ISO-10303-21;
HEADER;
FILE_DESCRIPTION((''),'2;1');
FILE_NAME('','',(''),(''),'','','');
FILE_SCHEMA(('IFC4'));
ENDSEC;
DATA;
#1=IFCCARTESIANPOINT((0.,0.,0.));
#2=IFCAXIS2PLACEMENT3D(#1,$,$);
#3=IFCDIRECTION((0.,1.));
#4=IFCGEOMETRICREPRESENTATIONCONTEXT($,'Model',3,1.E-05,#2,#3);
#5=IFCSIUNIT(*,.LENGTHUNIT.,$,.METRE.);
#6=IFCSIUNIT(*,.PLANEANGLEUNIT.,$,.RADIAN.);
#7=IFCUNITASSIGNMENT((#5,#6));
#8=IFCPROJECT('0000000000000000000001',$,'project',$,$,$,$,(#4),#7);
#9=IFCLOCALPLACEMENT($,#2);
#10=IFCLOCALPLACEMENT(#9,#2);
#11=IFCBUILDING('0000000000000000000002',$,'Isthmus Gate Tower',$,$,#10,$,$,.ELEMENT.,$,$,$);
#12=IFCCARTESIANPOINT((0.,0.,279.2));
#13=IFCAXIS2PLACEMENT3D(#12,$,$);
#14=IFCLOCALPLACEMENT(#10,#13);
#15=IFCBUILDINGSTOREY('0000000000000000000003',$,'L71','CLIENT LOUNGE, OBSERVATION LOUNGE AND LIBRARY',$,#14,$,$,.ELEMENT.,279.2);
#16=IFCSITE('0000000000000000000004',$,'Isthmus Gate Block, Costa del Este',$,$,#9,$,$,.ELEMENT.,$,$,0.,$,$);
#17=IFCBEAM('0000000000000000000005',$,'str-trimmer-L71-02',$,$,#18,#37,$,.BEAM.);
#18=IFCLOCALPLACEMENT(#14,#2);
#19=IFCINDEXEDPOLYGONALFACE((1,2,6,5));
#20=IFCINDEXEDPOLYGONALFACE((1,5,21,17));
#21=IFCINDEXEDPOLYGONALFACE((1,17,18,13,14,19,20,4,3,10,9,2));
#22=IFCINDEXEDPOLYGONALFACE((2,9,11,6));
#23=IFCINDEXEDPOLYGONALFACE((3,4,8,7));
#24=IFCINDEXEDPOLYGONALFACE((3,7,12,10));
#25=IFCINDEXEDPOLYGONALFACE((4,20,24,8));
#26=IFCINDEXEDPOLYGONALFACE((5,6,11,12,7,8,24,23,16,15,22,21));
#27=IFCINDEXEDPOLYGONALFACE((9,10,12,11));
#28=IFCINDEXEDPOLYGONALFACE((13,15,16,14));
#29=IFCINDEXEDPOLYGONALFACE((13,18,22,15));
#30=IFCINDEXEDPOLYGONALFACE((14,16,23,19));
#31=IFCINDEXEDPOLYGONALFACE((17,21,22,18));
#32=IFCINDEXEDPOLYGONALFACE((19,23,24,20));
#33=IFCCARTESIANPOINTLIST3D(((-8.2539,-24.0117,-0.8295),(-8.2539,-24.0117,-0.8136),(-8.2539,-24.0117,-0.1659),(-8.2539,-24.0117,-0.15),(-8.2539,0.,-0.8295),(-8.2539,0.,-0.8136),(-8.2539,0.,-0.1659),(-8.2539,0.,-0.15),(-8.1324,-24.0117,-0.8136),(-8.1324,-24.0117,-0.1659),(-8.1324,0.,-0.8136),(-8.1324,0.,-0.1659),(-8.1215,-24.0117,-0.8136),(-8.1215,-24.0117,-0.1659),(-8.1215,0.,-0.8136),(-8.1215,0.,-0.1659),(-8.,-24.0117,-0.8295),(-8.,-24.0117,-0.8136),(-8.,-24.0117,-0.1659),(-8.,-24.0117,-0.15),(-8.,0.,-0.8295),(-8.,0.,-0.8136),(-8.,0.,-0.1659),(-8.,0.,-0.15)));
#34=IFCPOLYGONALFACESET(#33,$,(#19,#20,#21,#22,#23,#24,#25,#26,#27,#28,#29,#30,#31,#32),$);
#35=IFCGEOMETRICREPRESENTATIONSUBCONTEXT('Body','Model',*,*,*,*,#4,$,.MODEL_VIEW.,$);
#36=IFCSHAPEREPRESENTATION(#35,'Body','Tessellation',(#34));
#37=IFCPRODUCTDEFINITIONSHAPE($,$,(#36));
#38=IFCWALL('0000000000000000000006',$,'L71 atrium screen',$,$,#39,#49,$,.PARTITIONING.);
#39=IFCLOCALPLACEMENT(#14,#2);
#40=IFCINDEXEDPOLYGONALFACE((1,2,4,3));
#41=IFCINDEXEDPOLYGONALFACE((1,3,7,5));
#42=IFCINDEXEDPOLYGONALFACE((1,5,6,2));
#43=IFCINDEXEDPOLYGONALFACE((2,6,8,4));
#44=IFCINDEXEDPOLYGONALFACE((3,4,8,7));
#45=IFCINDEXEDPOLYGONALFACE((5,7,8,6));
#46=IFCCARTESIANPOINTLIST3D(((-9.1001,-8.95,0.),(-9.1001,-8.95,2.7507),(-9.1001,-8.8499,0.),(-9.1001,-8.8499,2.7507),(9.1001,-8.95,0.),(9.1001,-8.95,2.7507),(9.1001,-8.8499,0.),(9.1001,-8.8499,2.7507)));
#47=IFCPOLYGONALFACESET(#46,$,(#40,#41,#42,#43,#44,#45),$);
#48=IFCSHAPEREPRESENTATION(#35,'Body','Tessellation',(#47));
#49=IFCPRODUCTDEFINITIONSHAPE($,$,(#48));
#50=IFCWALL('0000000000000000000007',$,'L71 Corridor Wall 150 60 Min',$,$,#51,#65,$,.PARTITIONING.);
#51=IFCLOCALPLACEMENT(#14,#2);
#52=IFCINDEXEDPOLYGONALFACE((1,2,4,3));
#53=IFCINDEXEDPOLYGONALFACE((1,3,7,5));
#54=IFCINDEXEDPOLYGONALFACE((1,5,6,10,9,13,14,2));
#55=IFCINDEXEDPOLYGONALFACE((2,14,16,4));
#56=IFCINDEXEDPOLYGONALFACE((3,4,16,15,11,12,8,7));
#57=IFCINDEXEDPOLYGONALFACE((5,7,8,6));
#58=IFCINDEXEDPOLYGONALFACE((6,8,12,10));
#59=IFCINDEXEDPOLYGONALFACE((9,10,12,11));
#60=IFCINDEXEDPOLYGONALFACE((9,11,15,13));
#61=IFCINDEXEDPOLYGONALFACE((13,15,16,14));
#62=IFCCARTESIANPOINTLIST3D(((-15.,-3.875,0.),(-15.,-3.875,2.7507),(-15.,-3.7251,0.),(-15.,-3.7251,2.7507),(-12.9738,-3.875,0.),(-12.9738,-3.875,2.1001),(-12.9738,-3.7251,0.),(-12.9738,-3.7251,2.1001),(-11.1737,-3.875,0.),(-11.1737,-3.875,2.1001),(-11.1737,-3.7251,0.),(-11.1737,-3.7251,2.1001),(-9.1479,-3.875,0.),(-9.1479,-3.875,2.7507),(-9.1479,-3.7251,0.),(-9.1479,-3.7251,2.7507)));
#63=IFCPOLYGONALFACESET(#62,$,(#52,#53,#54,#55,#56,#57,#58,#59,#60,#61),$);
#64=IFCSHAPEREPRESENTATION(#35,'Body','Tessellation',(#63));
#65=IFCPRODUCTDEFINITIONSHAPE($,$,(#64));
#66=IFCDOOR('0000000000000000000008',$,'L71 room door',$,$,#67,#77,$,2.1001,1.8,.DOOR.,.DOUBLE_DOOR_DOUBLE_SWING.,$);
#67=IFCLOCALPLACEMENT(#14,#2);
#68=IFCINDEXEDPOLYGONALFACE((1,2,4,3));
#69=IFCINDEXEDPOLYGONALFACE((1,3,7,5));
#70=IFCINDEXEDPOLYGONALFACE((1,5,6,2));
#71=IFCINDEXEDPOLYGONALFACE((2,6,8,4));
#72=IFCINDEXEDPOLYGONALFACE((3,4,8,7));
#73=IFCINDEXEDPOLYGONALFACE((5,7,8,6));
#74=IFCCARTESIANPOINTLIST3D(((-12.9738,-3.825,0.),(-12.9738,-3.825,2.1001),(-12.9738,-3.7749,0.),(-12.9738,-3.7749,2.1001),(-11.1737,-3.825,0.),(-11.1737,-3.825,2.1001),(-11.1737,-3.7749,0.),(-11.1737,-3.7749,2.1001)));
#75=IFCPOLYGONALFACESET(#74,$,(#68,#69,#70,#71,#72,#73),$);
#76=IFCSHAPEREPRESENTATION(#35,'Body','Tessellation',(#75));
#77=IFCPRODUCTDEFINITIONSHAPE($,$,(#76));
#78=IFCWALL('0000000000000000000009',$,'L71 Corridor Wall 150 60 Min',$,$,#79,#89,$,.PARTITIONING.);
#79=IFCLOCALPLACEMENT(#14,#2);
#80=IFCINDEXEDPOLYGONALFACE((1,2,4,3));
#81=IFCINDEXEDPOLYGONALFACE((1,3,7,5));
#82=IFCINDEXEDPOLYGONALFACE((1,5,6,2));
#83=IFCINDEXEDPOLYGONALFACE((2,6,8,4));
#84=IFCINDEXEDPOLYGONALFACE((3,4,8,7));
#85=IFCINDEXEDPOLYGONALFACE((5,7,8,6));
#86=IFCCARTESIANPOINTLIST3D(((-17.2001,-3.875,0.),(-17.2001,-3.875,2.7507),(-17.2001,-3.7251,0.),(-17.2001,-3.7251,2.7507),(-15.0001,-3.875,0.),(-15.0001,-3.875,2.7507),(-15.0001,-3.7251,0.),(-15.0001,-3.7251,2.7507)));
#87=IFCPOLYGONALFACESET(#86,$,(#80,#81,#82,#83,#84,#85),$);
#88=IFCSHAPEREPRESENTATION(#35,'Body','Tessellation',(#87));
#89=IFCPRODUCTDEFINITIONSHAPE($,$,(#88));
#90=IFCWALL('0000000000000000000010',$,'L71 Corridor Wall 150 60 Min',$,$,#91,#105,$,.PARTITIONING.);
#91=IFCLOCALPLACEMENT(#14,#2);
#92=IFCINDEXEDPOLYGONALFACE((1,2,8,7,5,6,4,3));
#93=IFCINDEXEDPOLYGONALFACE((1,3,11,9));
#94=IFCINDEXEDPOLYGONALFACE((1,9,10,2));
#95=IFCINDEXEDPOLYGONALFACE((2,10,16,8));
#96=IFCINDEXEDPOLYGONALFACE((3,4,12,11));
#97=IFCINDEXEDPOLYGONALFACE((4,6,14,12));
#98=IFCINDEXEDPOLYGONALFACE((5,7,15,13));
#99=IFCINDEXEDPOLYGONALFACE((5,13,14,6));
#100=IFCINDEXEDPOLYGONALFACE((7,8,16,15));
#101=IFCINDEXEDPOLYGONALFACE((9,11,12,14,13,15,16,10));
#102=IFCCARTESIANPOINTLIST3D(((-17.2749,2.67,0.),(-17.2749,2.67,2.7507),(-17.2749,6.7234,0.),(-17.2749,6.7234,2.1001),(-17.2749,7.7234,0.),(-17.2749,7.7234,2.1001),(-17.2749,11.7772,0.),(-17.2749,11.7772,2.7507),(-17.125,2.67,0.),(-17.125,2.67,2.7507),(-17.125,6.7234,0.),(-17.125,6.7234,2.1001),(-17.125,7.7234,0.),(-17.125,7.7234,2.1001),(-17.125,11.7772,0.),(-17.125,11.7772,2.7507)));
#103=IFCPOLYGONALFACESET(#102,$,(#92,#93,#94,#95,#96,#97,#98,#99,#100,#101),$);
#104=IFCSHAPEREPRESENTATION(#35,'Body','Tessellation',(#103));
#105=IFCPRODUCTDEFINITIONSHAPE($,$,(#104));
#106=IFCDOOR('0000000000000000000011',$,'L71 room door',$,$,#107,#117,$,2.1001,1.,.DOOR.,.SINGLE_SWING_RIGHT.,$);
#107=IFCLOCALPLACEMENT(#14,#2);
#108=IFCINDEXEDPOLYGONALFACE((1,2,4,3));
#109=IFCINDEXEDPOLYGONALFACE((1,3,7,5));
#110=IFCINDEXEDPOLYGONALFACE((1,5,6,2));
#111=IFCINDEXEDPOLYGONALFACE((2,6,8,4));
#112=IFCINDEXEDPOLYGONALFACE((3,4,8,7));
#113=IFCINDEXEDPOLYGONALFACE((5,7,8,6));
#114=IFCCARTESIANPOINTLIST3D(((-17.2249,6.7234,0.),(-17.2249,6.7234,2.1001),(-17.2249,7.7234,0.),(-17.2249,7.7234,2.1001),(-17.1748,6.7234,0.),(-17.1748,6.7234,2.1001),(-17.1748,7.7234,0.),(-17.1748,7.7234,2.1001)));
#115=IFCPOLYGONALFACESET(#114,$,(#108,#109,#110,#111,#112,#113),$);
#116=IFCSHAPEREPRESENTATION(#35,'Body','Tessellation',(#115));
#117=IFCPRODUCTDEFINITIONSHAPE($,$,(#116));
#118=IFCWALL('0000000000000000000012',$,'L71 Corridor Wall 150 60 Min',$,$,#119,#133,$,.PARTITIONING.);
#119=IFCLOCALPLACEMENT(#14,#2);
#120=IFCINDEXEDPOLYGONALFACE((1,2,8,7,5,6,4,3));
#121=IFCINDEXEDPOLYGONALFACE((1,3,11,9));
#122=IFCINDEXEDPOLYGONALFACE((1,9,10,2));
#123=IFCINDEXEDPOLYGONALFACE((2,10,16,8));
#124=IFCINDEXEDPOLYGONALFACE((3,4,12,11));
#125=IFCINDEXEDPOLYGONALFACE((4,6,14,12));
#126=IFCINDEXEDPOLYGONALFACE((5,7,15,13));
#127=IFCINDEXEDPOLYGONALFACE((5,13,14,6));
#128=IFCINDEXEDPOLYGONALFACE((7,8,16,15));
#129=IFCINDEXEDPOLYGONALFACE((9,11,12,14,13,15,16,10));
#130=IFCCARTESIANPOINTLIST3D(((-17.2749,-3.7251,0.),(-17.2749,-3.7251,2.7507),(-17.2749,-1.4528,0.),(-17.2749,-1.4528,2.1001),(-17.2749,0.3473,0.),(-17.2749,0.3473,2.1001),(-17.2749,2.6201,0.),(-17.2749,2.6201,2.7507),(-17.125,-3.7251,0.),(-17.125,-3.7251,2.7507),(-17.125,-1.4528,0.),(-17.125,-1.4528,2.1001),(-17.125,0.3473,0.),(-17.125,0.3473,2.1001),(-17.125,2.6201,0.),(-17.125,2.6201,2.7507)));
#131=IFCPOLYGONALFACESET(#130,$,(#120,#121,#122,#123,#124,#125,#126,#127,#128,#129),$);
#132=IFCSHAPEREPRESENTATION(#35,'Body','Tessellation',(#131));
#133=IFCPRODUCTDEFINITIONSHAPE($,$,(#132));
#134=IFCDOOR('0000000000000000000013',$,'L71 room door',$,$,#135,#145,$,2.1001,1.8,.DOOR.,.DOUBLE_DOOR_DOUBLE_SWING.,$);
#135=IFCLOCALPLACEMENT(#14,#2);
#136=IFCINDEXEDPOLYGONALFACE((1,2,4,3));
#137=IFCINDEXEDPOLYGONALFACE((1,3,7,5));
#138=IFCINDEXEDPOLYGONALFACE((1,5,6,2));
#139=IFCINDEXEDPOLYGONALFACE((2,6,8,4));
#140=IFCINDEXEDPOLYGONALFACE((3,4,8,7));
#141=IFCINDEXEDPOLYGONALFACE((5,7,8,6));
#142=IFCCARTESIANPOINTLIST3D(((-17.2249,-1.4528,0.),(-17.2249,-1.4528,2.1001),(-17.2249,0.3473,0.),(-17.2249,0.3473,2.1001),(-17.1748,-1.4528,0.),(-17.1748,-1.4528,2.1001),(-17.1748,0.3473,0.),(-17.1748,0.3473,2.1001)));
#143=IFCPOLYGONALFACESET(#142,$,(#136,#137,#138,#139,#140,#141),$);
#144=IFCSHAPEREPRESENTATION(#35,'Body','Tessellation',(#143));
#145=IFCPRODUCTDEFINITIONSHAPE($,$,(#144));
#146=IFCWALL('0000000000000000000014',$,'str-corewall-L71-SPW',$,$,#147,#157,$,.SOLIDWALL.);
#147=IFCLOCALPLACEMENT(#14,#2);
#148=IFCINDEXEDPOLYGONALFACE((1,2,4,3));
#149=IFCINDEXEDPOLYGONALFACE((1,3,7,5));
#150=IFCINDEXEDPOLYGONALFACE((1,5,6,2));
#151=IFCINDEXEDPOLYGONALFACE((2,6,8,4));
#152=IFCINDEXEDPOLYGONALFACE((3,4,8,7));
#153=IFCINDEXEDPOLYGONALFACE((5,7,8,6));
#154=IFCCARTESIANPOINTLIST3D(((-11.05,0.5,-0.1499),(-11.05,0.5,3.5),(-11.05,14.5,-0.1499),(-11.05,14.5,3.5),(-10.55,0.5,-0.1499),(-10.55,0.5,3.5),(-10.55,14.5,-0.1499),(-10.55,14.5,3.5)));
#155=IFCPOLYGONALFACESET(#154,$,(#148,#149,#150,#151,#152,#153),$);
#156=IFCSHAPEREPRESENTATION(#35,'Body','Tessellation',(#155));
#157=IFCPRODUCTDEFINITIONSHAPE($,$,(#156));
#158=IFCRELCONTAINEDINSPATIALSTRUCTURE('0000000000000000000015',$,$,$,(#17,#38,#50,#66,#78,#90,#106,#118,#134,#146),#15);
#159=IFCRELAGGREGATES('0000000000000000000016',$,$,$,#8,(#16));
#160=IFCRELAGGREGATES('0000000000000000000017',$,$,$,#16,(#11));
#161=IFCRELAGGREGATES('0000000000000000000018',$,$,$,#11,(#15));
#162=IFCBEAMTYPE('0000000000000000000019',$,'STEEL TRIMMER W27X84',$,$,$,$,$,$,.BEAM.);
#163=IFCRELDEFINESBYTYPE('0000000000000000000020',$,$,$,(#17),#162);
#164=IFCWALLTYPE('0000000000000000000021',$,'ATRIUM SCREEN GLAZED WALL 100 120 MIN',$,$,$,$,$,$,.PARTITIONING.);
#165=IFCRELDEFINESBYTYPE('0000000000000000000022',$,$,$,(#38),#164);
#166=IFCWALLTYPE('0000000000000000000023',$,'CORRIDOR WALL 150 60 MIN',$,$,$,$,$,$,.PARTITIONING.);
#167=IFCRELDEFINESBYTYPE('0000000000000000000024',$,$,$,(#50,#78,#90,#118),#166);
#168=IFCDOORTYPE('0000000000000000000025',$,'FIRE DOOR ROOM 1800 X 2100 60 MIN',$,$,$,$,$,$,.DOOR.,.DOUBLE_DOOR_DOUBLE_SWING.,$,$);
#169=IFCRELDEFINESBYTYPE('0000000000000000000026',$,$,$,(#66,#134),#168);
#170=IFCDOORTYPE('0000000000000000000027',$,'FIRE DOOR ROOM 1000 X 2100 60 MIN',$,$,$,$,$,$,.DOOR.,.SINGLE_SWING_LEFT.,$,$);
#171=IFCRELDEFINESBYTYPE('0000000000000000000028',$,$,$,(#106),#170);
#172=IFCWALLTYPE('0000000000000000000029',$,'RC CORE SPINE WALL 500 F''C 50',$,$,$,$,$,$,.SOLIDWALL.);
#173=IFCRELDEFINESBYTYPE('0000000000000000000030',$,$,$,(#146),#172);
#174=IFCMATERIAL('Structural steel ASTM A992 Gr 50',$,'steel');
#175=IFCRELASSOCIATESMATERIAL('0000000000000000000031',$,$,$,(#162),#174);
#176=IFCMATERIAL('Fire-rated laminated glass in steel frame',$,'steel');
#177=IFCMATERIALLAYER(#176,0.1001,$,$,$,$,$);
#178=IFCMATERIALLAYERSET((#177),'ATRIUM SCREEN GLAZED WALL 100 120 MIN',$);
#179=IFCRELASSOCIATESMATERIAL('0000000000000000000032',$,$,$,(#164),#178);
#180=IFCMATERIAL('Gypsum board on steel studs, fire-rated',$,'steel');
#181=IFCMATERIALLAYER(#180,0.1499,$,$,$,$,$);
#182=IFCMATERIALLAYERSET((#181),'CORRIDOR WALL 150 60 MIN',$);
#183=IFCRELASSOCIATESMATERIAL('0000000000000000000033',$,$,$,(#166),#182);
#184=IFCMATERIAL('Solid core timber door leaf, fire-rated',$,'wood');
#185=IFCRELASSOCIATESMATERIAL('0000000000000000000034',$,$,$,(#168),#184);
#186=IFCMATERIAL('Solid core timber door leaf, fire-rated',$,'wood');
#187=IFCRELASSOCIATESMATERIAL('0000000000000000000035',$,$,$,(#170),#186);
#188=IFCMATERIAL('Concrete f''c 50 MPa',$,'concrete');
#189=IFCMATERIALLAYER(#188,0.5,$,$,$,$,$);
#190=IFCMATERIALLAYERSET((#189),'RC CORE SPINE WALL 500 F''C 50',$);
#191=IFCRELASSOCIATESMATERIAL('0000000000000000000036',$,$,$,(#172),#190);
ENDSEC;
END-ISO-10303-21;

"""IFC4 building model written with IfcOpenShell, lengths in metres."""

from ifc_helpers import new_model, si_unit, direction, frame, frame_2d, origin, origin_2d, place, context, subcontext, project, spatial, rectangle, i_section, extrude, material, layer, layer_set, material_profile, profile_set, type_object, element, fill, save


model = new_model("IFC4")

# Units and contexts
model_context = context("Model", 3, precision=1e-05, world=origin(), true_north=direction((0.0, 1.0)))
body_context = subcontext(model_context, "Body", "Model", "MODEL_VIEW")
ifc_project = project(units=[si_unit("LENGTHUNIT", "METRE"), si_unit("PLANEANGLEUNIT", "RADIAN")], contexts=[model_context])

# Site, building, storey
site_placement = place(None, origin())
site = spatial("IfcSite", under=ifc_project, at=site_placement, Name="Isthmus Gate Block, Costa del Este", CompositionType="ELEMENT", RefElevation=0.0)
building_placement = place(site_placement, origin())
building = spatial("IfcBuilding", under=site, at=building_placement, Name="Isthmus Gate Tower", CompositionType="ELEMENT")
storey_placement = place(building_placement, frame((0.0, 0.0, 279.2)))
storey = spatial("IfcBuildingStorey", under=building, at=storey_placement, Name="L71", Description="CLIENT LOUNGE, OBSERVATION LOUNGE AND LIBRARY", CompositionType="ELEMENT", Elevation=279.2)

# Beam
ifc_material_1 = material(Name="Structural steel ASTM A992 Gr 50", Category="steel")
ifc_material_profile_1 = material_profile(ifc_material_1, i_section(OverallWidth=0.2539, OverallDepth=0.6794, WebThickness=0.011, FlangeThickness=0.0159, at=origin_2d()), Name="W27X84")
ifc_profile_set_1 = profile_set([ifc_material_profile_1], Name="Structural steel ASTM A992 Gr 50")
beam_type_1 = type_object("IfcBeamType", Name="STEEL TRIMMER W27X84", PredefinedType="BEAM", material=ifc_profile_set_1)
beam_1_placement = place(storey_placement, frame((-8.127, 0.0, -0.4897), z_axis=(0.0, -1.0, 0.0), x_axis=(1.0, 0.0, 0.0)))
element("IfcBeam", 1, at=beam_1_placement, inside=storey, type_object=beam_type_1, Name="str-trimmer-L71-02", PredefinedType="BEAM", context=body_context, shape_type="SweptSolid", body=[
    extrude(i_section(OverallWidth=0.2539, OverallDepth=0.6794, WebThickness=0.011, FlangeThickness=0.0159, at=origin_2d()), origin(), (0.0, 0.0, 1.0), 24.0117),
])

# Wall
ifc_material_2 = material(Name="Fire-rated laminated glass in steel frame", Category="steel")
ifc_layer_1 = layer(ifc_material_2, 0.1001)
ifc_layer_set_1 = layer_set([ifc_layer_1], Name="ATRIUM SCREEN GLAZED WALL 100 120 MIN")
wall_type_1 = type_object("IfcWallType", Name="ATRIUM SCREEN GLAZED WALL 100 120 MIN", PredefinedType="PARTITIONING", material=ifc_layer_set_1)
wall_1_placement = place(storey_placement, frame((-9.1001, -8.8999, 0.0), z_axis=(0.0, 0.0, 1.0), x_axis=(1.0, 0.0, 0.0)))
element("IfcWall", 2, at=wall_1_placement, inside=storey, type_object=wall_type_1, Name="L71 atrium screen", PredefinedType="PARTITIONING", context=body_context, shape_type="SweptSolid", body=[
    extrude(rectangle(XDim=18.2002, YDim=0.1001, at=frame_2d((9.1001, 0.0))), origin(), (0.0, 0.0, 1.0), 2.7507),
])

# Wall, opening, door
ifc_material_3 = material(Name="Gypsum board on steel studs, fire-rated", Category="steel")
ifc_layer_2 = layer(ifc_material_3, 0.1499)
ifc_layer_set_2 = layer_set([ifc_layer_2], Name="CORRIDOR WALL 150 60 MIN")
wall_type_2 = type_object("IfcWallType", Name="CORRIDOR WALL 150 60 MIN", PredefinedType="PARTITIONING", material=ifc_layer_set_2)
wall_2_placement = place(storey_placement, frame((-9.1479, -3.8, 0.0), z_axis=(0.0, 0.0, 1.0), x_axis=(-1.0, 0.0, 0.0)))
wall_2 = element("IfcWall", 3, at=wall_2_placement, inside=storey, type_object=wall_type_2, Name="L71 Corridor Wall 150 60 Min", PredefinedType="PARTITIONING", context=body_context, shape_type="SweptSolid", body=[
    extrude(rectangle(XDim=5.8521, YDim=0.1499, at=frame_2d((2.926, 0.0))), origin(), (0.0, 0.0, 1.0), 2.7507),
])
opening_1_placement = place(wall_2_placement, frame((2.0259, 0.0, 0.0)))
opening_1 = element("IfcOpeningElement", 4, at=opening_1_placement, cuts=wall_2, PredefinedType="OPENING", context=body_context, shape_type="SweptSolid", body=[
    extrude(rectangle(XDim=1.8, YDim=2.1001, at=frame_2d((0.8999, 1.05))), frame((0.0, 0.085, 0.0), z_axis=(0.0, -1.0, 0.0), x_axis=(1.0, 0.0, 0.0)), (0.0, 0.0, 1.0), 0.1699),
])
ifc_material_4 = material(Name="Solid core timber door leaf, fire-rated", Category="wood")
door_type_1 = type_object("IfcDoorType", Name="FIRE DOOR ROOM 1800 X 2100 60 MIN", OperationType="DOUBLE_DOOR_DOUBLE_SWING", PredefinedType="DOOR", material=ifc_material_4)
door_1_placement = place(opening_1_placement, origin())
door_1 = element("IfcDoor", 5, at=door_1_placement, inside=storey, type_object=door_type_1, Name="L71 room door", OperationType="DOUBLE_DOOR_DOUBLE_SWING", OverallHeight=2.1001, OverallWidth=1.8, PredefinedType="DOOR", context=body_context, shape_type="SweptSolid", body=[
    extrude(rectangle(XDim=1.8, YDim=2.1001, at=frame_2d((0.8999, 1.05))), frame((0.0, 0.0249, 0.0), z_axis=(0.0, -1.0, 0.0), x_axis=(1.0, 0.0, 0.0)), (0.0, 0.0, 1.0), 0.05),
])
fill(opening_1, door_1)

# Wall
wall_3_placement = place(storey_placement, frame((-15.0, -3.8, 0.0), z_axis=(0.0, 0.0, 1.0), x_axis=(-1.0, 0.0, 0.0)))
element("IfcWall", 6, at=wall_3_placement, inside=storey, type_object=wall_type_2, Name="L71 Corridor Wall 150 60 Min", PredefinedType="PARTITIONING", context=body_context, shape_type="SweptSolid", body=[
    extrude(rectangle(XDim=2.2, YDim=0.1499, at=frame_2d((1.1001, 0.0))), origin(), (0.0, 0.0, 1.0), 2.7507),
])

# Walls, openings, doors
wall_4_placement = place(storey_placement, frame((-17.2, 2.6699, 0.0), z_axis=(0.0, 0.0, 1.0), x_axis=(0.0, 1.0, 0.0)))
wall_4 = element("IfcWall", 7, at=wall_4_placement, inside=storey, type_object=wall_type_2, Name="L71 Corridor Wall 150 60 Min", PredefinedType="PARTITIONING", context=body_context, shape_type="SweptSolid", body=[
    extrude(rectangle(XDim=9.1072, YDim=0.1499, at=frame_2d((4.5537, 0.0))), origin(), (0.0, 0.0, 1.0), 2.7507),
])
opening_2_placement = place(wall_4_placement, frame((4.0535, 0.0, 0.0)))
opening_2 = element("IfcOpeningElement", 8, at=opening_2_placement, cuts=wall_4, PredefinedType="OPENING", context=body_context, shape_type="SweptSolid", body=[
    extrude(rectangle(XDim=1.0, YDim=2.1001, at=frame_2d((0.5, 1.05))), frame((0.0, 0.085, 0.0), z_axis=(0.0, -1.0, 0.0), x_axis=(1.0, 0.0, 0.0)), (0.0, 0.0, 1.0), 0.1699),
])
ifc_material_5 = material(Name="Solid core timber door leaf, fire-rated", Category="wood")
door_type_2 = type_object("IfcDoorType", Name="FIRE DOOR ROOM 1000 X 2100 60 MIN", OperationType="SINGLE_SWING_LEFT", PredefinedType="DOOR", material=ifc_material_5)
door_2_placement = place(opening_2_placement, origin())
door_2 = element("IfcDoor", 9, at=door_2_placement, inside=storey, type_object=door_type_2, Name="L71 room door", OperationType="SINGLE_SWING_RIGHT", OverallHeight=2.1001, OverallWidth=1.0, PredefinedType="DOOR", context=body_context, shape_type="SweptSolid", body=[
    extrude(rectangle(XDim=1.0, YDim=2.1001, at=frame_2d((0.5, 1.05))), frame((0.0, 0.0249, 0.0), z_axis=(0.0, -1.0, 0.0), x_axis=(1.0, 0.0, 0.0)), (0.0, 0.0, 1.0), 0.05),
])
fill(opening_2, door_2)
wall_5_placement = place(storey_placement, frame((-17.2, -3.7251, 0.0), z_axis=(0.0, 0.0, 1.0), x_axis=(0.0, 1.0, 0.0)))
wall_5 = element("IfcWall", 10, at=wall_5_placement, inside=storey, type_object=wall_type_2, Name="L71 Corridor Wall 150 60 Min", PredefinedType="PARTITIONING", context=body_context, shape_type="SweptSolid", body=[
    extrude(rectangle(XDim=6.3452, YDim=0.1499, at=frame_2d((3.1726, 0.0))), origin(), (0.0, 0.0, 1.0), 2.7507),
])
opening_3_placement = place(wall_5_placement, frame((2.2725, 0.0, 0.0)))
opening_3 = element("IfcOpeningElement", 11, at=opening_3_placement, cuts=wall_5, PredefinedType="OPENING", context=body_context, shape_type="SweptSolid", body=[
    extrude(rectangle(XDim=1.8, YDim=2.1001, at=frame_2d((0.8999, 1.05))), frame((0.0, 0.085, 0.0), z_axis=(0.0, -1.0, 0.0), x_axis=(1.0, 0.0, 0.0)), (0.0, 0.0, 1.0), 0.1699),
])
door_3_placement = place(opening_3_placement, origin())
door_3 = element("IfcDoor", 12, at=door_3_placement, inside=storey, type_object=door_type_1, Name="L71 room door", OperationType="DOUBLE_DOOR_DOUBLE_SWING", OverallHeight=2.1001, OverallWidth=1.8, PredefinedType="DOOR", context=body_context, shape_type="SweptSolid", body=[
    extrude(rectangle(XDim=1.8, YDim=2.1001, at=frame_2d((0.8999, 1.05))), frame((0.0, 0.0249, 0.0), z_axis=(0.0, -1.0, 0.0), x_axis=(1.0, 0.0, 0.0)), (0.0, 0.0, 1.0), 0.05),
])
fill(opening_3, door_3)

# Wall
ifc_material_6 = material(Name="Concrete f'c 50 MPa", Category="concrete")
ifc_layer_3 = layer(ifc_material_6, 0.5)
ifc_layer_set_3 = layer_set([ifc_layer_3], Name="RC CORE SPINE WALL 500 F'C 50")
wall_type_3 = type_object("IfcWallType", Name="RC CORE SPINE WALL 500 F'C 50", PredefinedType="SOLIDWALL", material=ifc_layer_set_3)
wall_6_placement = place(storey_placement, frame((-10.8, 0.5, -0.1499), z_axis=(0.0, 0.0, 1.0), x_axis=(0.0, 1.0, 0.0)))
element("IfcWall", 13, at=wall_6_placement, inside=storey, type_object=wall_type_3, Name="str-corewall-L71-SPW", PredefinedType="SOLIDWALL", context=body_context, shape_type="SweptSolid", body=[
    extrude(rectangle(XDim=14.0, YDim=0.5, at=frame_2d((7.0, 0.0))), origin(), (0.0, 0.0, 1.0), 3.6499),
])

save(model, "model.ifc")
